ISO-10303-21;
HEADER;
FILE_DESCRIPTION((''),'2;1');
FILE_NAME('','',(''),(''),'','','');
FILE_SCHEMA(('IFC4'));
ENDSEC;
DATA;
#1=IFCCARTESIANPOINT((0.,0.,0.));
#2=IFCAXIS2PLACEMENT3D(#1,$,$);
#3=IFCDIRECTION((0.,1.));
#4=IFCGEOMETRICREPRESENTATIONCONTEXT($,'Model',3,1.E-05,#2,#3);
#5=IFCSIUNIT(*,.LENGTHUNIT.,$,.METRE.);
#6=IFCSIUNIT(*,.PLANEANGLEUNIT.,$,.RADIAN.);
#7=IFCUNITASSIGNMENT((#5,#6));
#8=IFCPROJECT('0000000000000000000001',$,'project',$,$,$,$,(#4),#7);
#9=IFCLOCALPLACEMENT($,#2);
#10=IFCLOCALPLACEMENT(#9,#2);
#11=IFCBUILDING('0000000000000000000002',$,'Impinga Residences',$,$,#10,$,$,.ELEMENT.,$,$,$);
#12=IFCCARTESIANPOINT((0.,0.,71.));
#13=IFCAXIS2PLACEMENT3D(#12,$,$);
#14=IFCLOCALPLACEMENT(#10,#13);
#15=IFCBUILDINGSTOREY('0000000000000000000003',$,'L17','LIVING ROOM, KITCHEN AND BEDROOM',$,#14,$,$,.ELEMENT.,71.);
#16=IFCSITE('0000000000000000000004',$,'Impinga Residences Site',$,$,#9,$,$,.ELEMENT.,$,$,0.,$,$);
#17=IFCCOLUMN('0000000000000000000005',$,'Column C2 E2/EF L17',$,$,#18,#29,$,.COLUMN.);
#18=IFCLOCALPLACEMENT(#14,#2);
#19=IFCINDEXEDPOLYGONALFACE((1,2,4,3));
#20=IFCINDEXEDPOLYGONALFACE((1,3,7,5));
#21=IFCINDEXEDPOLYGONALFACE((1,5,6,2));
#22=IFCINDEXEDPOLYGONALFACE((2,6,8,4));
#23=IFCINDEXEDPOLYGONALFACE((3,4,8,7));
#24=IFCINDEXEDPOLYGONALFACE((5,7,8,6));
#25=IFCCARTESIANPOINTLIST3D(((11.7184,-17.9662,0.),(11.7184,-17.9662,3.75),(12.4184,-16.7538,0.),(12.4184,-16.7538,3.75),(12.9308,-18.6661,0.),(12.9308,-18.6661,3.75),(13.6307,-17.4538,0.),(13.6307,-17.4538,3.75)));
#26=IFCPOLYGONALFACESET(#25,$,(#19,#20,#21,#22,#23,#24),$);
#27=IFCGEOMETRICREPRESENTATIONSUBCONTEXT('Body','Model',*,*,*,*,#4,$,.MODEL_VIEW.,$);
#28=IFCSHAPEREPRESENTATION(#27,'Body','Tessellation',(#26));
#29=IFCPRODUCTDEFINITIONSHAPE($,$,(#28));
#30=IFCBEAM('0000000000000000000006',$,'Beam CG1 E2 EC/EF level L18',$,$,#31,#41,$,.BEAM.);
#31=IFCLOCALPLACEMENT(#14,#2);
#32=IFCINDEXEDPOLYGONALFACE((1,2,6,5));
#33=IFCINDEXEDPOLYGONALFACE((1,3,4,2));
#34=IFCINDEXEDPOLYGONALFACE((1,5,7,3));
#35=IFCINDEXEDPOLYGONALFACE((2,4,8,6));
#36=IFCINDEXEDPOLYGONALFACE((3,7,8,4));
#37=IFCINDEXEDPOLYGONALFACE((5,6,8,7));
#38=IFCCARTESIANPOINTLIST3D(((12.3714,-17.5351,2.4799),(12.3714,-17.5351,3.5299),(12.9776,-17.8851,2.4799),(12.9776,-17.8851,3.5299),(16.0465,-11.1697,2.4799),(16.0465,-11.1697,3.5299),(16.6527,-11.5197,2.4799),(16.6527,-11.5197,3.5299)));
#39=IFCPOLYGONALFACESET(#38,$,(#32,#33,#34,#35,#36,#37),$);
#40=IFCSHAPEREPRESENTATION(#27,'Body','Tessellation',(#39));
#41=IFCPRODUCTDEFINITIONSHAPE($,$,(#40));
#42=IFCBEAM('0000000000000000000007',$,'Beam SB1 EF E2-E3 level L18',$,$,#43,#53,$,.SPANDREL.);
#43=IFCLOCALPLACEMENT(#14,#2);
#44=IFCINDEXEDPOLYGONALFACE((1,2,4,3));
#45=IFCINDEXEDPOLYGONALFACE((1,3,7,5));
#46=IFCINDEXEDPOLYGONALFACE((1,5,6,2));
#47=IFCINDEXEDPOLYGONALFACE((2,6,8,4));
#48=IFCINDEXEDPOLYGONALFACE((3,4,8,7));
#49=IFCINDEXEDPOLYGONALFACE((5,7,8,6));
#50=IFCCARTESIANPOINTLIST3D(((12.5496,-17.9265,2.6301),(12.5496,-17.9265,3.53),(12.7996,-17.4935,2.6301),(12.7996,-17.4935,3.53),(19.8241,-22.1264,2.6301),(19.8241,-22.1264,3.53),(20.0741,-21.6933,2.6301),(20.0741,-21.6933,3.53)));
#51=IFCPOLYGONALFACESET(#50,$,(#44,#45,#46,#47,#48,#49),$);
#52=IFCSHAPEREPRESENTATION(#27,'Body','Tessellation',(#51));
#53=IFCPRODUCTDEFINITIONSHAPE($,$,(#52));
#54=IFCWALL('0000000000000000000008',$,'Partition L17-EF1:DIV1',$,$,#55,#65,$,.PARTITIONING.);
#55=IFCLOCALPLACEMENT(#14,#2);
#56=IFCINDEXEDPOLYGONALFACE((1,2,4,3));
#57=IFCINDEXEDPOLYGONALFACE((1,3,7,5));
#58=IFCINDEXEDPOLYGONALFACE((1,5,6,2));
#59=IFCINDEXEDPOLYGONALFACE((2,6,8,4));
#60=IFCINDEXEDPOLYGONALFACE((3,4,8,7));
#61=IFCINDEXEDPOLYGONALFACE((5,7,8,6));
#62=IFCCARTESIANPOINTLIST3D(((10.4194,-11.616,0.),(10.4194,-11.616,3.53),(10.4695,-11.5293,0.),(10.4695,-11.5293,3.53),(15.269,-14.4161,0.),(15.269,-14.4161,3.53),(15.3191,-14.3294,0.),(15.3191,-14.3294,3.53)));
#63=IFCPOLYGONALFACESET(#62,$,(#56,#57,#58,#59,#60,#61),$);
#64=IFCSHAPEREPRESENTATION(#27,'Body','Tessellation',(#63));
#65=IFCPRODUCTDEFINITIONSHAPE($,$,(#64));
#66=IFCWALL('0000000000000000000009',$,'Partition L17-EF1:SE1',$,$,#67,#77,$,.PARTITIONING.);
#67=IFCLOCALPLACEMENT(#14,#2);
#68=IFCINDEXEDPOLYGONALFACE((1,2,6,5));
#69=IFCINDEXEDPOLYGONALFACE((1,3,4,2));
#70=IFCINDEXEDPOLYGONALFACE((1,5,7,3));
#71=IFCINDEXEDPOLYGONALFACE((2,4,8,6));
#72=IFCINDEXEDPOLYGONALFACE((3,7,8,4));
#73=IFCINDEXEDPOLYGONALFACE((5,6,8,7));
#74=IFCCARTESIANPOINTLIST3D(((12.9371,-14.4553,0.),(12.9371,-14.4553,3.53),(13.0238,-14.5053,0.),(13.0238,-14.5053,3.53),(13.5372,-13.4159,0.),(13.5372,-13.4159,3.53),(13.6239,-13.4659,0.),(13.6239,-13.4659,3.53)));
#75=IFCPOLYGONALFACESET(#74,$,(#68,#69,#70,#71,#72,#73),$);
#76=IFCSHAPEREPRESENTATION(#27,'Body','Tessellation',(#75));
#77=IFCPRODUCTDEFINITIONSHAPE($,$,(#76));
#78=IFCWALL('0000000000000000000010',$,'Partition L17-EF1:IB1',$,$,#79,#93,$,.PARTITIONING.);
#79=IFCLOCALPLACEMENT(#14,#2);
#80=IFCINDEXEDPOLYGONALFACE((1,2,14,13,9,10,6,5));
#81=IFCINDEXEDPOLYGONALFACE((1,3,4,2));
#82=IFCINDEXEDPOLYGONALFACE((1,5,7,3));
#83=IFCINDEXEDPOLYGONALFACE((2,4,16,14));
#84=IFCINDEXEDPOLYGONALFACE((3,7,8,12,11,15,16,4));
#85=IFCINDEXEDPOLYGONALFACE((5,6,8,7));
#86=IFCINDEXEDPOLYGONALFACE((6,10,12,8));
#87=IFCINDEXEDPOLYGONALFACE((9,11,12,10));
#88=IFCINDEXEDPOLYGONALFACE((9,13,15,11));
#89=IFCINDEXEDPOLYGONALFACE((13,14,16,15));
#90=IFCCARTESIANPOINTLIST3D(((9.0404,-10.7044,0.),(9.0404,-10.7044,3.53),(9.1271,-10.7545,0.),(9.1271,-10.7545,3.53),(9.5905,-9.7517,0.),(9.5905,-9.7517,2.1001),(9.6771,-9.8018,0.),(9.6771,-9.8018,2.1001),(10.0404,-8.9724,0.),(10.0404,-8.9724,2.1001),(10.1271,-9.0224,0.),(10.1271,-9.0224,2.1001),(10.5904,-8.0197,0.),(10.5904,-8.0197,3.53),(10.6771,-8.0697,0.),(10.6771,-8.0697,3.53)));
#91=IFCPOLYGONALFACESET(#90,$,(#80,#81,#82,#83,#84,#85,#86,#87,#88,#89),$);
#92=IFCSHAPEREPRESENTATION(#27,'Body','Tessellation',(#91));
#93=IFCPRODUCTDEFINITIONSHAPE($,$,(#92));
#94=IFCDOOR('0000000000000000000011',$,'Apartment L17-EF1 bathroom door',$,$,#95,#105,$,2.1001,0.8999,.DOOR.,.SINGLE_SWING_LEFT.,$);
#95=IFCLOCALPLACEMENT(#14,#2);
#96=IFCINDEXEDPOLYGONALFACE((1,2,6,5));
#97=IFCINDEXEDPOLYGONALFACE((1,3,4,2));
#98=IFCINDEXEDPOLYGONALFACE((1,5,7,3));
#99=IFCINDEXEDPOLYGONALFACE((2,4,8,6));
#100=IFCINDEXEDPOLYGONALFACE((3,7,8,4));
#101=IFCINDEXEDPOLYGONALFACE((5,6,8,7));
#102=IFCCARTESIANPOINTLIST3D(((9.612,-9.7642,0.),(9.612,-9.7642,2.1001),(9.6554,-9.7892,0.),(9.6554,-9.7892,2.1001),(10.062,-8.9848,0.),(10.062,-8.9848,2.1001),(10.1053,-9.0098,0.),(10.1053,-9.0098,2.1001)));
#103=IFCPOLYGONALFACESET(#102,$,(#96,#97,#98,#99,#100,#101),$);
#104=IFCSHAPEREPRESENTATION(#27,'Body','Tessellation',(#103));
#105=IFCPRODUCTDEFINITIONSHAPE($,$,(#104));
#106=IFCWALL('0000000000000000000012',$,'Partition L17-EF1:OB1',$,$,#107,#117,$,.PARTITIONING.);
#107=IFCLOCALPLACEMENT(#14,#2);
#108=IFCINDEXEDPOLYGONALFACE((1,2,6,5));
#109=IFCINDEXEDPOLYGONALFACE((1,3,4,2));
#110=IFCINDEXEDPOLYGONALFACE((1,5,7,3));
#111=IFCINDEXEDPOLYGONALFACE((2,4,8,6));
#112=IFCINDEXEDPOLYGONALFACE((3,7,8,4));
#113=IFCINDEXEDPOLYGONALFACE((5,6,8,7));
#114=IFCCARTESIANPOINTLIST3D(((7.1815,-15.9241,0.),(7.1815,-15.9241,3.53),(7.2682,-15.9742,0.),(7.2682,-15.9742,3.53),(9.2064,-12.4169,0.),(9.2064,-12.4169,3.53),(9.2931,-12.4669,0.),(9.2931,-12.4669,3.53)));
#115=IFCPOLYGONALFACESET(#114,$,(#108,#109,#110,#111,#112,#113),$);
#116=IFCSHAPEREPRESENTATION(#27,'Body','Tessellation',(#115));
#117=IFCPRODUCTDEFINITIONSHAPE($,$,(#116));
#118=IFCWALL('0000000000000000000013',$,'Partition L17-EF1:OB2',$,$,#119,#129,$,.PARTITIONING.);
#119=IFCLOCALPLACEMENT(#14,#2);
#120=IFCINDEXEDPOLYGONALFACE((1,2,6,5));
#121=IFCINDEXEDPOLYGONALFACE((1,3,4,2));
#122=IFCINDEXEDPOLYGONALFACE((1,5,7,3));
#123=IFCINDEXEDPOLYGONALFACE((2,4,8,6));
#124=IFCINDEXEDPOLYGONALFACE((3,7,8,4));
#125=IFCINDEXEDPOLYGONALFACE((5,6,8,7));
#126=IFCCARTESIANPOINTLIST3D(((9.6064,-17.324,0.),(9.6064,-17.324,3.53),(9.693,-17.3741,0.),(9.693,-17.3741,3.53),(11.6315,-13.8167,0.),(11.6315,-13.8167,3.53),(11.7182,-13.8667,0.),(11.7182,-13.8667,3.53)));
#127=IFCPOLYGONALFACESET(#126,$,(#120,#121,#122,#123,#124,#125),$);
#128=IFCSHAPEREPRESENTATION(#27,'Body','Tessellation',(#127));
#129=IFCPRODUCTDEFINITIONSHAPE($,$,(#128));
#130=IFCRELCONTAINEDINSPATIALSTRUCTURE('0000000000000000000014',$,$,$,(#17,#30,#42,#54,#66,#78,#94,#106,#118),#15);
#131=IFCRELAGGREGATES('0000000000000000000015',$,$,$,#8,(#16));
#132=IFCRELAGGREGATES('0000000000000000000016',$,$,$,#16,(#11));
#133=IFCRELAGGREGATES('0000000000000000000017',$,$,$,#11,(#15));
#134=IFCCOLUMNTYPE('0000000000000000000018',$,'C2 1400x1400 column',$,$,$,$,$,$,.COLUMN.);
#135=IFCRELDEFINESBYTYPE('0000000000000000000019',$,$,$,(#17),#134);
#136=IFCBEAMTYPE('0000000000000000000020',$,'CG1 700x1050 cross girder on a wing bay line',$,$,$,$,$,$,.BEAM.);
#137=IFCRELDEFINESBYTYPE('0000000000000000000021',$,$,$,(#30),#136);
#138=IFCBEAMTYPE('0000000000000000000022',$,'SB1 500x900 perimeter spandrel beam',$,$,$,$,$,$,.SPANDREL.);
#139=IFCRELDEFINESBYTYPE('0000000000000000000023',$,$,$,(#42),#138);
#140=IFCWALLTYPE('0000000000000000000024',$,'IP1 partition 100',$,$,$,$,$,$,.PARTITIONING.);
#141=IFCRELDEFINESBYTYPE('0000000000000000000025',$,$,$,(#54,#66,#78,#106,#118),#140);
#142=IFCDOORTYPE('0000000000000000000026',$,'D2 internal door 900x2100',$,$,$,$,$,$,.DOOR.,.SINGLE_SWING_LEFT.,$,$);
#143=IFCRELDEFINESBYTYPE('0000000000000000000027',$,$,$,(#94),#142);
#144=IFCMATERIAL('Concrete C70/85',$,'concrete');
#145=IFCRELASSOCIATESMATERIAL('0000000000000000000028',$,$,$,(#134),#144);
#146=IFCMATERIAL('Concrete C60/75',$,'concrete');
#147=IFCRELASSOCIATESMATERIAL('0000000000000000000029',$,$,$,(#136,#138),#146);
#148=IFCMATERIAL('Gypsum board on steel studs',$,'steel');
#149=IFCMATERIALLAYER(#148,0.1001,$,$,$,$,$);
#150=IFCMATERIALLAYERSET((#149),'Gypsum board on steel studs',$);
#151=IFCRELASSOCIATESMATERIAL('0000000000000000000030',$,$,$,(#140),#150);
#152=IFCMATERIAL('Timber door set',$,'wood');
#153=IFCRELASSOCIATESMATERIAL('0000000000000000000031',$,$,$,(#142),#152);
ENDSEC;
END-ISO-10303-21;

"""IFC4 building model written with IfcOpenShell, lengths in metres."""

from ifc_helpers import new_model, si_unit, direction, frame, frame_2d, origin, origin_2d, place, context, subcontext, project, spatial, rectangle, extrude, material, layer, layer_set, material_profile, profile_set, type_object, element, fill, save


model = new_model("IFC4")

# Units and contexts
model_context = context("Model", 3, precision=1e-05, world=origin(), true_north=direction((0.0, 1.0)))
body_context = subcontext(model_context, "Body", "Model", "MODEL_VIEW")
ifc_project = project(units=[si_unit("LENGTHUNIT", "METRE"), si_unit("PLANEANGLEUNIT", "RADIAN")], contexts=[model_context])

# Site, building, storey
site_placement = place(None, origin())
site = spatial("IfcSite", under=ifc_project, at=site_placement, Name="Impinga Residences Site", CompositionType="ELEMENT", RefElevation=0.0)
building_placement = place(site_placement, origin())
building = spatial("IfcBuilding", under=site, at=building_placement, Name="Impinga Residences", CompositionType="ELEMENT")
storey_placement = place(building_placement, frame((0.0, 0.0, 71.0)))
storey = spatial("IfcBuildingStorey", under=building, at=storey_placement, Name="L17", Description="LIVING ROOM, KITCHEN AND BEDROOM", CompositionType="ELEMENT", Elevation=71.0)

# Column
ifc_material_1 = material(Name="Concrete C70/85", Category="concrete")
ifc_material_profile_1 = material_profile(ifc_material_1, rectangle(XDim=1.3999, YDim=1.3999, at=origin_2d()), Name="RC 1400x1400")
ifc_profile_set_1 = profile_set([ifc_material_profile_1], Name="Concrete C70/85")
column_type = type_object("IfcColumnType", Name="C2 1400x1400 column", PredefinedType="COLUMN", material=ifc_profile_set_1)
column_placement = place(storey_placement, frame((12.6746, -17.71, 0.0), z_axis=(0.0, 0.0, 1.0), x_axis=(-0.5, -0.866025, 0.0)))
element("IfcColumn", 1, at=column_placement, inside=storey, type_object=column_type, Name="Column C2 E2/EF L17", PredefinedType="COLUMN", context=body_context, shape_type="SweptSolid", body=[
    extrude(rectangle(XDim=1.3999, YDim=1.3999, at=origin_2d()), origin(), (0.0, 0.0, 1.0), 3.75),
])

# Beams
ifc_material_2 = material(Name="Concrete C60/75", Category="concrete")
ifc_material_profile_2 = material_profile(ifc_material_2, rectangle(XDim=0.7, YDim=1.05, at=origin_2d()), Name="RC 700x1050")
ifc_profile_set_2 = profile_set([ifc_material_profile_2], Name="Concrete C60/75")
beam_type_1 = type_object("IfcBeamType", Name="CG1 700x1050 cross girder on a wing bay line", PredefinedType="BEAM", material=ifc_profile_set_2)
beam_1_placement = place(storey_placement, frame((16.3496, -11.3447, 3.0049), z_axis=(-0.500008, -0.866021, 0.0), x_axis=(0.866021, -0.500008, 0.0)))
element("IfcBeam", 2, at=beam_1_placement, inside=storey, type_object=beam_type_1, Name="Beam CG1 E2 EC/EF level L18", PredefinedType="BEAM", context=body_context, shape_type="SweptSolid", body=[
    extrude(rectangle(XDim=0.7, YDim=1.05, at=origin_2d()), origin(), (0.0, 0.0, 1.0), 7.3501),
])
ifc_material_profile_3 = material_profile(ifc_material_2, rectangle(XDim=0.5, YDim=0.8999, at=origin_2d()), Name="RC 500x900")
ifc_profile_set_3 = profile_set([ifc_material_profile_3], Name="Concrete C60/75")
beam_type_2 = type_object("IfcBeamType", Name="SB1 500x900 perimeter spandrel beam", PredefinedType="SPANDREL", material=ifc_profile_set_3)
beam_2_placement = place(storey_placement, frame((12.6746, -17.71, 3.0801), z_axis=(0.866029, -0.499993, 0.0), x_axis=(0.499993, 0.866029, 0.0)))
element("IfcBeam", 3, at=beam_2_placement, inside=storey, type_object=beam_type_2, Name="Beam SB1 EF E2-E3 level L18", PredefinedType="SPANDREL", context=body_context, shape_type="SweptSolid", body=[
    extrude(rectangle(XDim=0.5, YDim=0.8999, at=origin_2d()), origin(), (0.0, 0.0, 1.0), 8.3999),
])

# Walls
ifc_material_3 = material(Name="Gypsum board on steel studs", Category="steel")
ifc_layer_1 = layer(ifc_material_3, 0.1001)
ifc_layer_set_1 = layer_set([ifc_layer_1], Name="Gypsum board on steel studs")
wall_type_1 = type_object("IfcWallType", Name="IP1 partition 100", PredefinedType="PARTITIONING", material=ifc_layer_set_1)
wall_1_placement = place(storey_placement, frame((10.4446, -11.5728, 0.0), z_axis=(0.0, 0.0, 1.0), x_axis=(0.866016, -0.500017, 0.0)))
element("IfcWall", 4, at=wall_1_placement, inside=storey, type_object=wall_type_1, Name="Partition L17-EF1:DIV1", PredefinedType="PARTITIONING", context=body_context, shape_type="SweptSolid", body=[
    extrude(rectangle(XDim=5.5999, YDim=0.1001, at=frame_2d((2.7998, 0.0))), origin(), (0.0, 0.0, 1.0), 3.53),
])
wall_2_placement = place(storey_placement, frame((13.5806, -13.4409, 0.0), z_axis=(0.0, 0.0, 1.0), x_axis=(-0.500034, -0.866006, 0.0)))
element("IfcWall", 5, at=wall_2_placement, inside=storey, type_object=wall_type_1, Name="Partition L17-EF1:SE1", PredefinedType="PARTITIONING", context=body_context, shape_type="SweptSolid", body=[
    extrude(rectangle(XDim=1.2002, YDim=0.1001, at=frame_2d((0.6001, 0.0))), origin(), (0.0, 0.0, 1.0), 3.53),
])

# Wall, opening, door
wall_3_placement = place(storey_placement, frame((10.6338, -8.0447, 0.0), z_axis=(0.0, 0.0, 1.0), x_axis=(-0.499993, -0.86603, 0.0)))
wall_3 = element("IfcWall", 6, at=wall_3_placement, inside=storey, type_object=wall_type_1, Name="Partition L17-EF1:IB1", PredefinedType="PARTITIONING", context=body_context, shape_type="SweptSolid", body=[
    extrude(rectangle(XDim=3.1001, YDim=0.1001, at=frame_2d((1.55, 0.0))), origin(), (0.0, 0.0, 1.0), 3.53),
])
opening_1_placement = place(wall_3_placement, frame((1.1001, 0.0, 0.0)))
opening_1 = element("IfcOpeningElement", 7, at=opening_1_placement, cuts=wall_3, PredefinedType="OPENING", context=body_context, shape_type="SweptSolid", body=[
    extrude(rectangle(XDim=0.8999, YDim=2.1001, at=frame_2d((0.45, 1.05))), frame((0.0, 0.0601, 0.0), z_axis=(0.0, -1.0, 0.0), x_axis=(1.0, 0.0, 0.0)), (0.0, 0.0, 1.0), 0.1201),
])
ifc_material_4 = material(Name="Timber door set", Category="wood")
door_type = type_object("IfcDoorType", Name="D2 internal door 900x2100", OperationType="SINGLE_SWING_LEFT", PredefinedType="DOOR", material=ifc_material_4)
door_1_placement = place(opening_1_placement, origin())
door_1 = element("IfcDoor", 8, at=door_1_placement, inside=storey, type_object=door_type, Name="Apartment L17-EF1 bathroom door", OperationType="SINGLE_SWING_LEFT", OverallHeight=2.1001, OverallWidth=0.8999, PredefinedType="DOOR", context=body_context, shape_type="SweptSolid", body=[
    extrude(rectangle(XDim=0.8999, YDim=2.1001, at=frame_2d((0.45, 1.05))), frame((0.0, 0.0249, 0.0), z_axis=(0.0, -1.0, 0.0), x_axis=(1.0, 0.0, 0.0)), (0.0, 0.0, 1.0), 0.05),
])
fill(opening_1, door_1)

# Walls
wall_4_placement = place(storey_placement, frame((9.2498, -12.4419, 0.0), z_axis=(0.0, 0.0, 1.0), x_axis=(-0.49999, -0.866031, 0.0)))
element("IfcWall", 9, at=wall_4_placement, inside=storey, type_object=wall_type_1, Name="Partition L17-EF1:OB1", PredefinedType="PARTITIONING", context=body_context, shape_type="SweptSolid", body=[
    extrude(rectangle(XDim=4.0498, YDim=0.1001, at=frame_2d((2.0249, 0.0))), origin(), (0.0, 0.0, 1.0), 3.53),
])
wall_5_placement = place(storey_placement, frame((11.6748, -13.8418, 0.0), z_axis=(0.0, 0.0, 1.0), x_axis=(-0.500036, -0.866005, 0.0)))
element("IfcWall", 10, at=wall_5_placement, inside=storey, type_object=wall_type_1, Name="Partition L17-EF1:OB2", PredefinedType="PARTITIONING", context=body_context, shape_type="SweptSolid", body=[
    extrude(rectangle(XDim=4.05, YDim=0.1001, at=frame_2d((2.0249, 0.0))), origin(), (0.0, 0.0, 1.0), 3.53),
])

save(model, "model.ifc")
